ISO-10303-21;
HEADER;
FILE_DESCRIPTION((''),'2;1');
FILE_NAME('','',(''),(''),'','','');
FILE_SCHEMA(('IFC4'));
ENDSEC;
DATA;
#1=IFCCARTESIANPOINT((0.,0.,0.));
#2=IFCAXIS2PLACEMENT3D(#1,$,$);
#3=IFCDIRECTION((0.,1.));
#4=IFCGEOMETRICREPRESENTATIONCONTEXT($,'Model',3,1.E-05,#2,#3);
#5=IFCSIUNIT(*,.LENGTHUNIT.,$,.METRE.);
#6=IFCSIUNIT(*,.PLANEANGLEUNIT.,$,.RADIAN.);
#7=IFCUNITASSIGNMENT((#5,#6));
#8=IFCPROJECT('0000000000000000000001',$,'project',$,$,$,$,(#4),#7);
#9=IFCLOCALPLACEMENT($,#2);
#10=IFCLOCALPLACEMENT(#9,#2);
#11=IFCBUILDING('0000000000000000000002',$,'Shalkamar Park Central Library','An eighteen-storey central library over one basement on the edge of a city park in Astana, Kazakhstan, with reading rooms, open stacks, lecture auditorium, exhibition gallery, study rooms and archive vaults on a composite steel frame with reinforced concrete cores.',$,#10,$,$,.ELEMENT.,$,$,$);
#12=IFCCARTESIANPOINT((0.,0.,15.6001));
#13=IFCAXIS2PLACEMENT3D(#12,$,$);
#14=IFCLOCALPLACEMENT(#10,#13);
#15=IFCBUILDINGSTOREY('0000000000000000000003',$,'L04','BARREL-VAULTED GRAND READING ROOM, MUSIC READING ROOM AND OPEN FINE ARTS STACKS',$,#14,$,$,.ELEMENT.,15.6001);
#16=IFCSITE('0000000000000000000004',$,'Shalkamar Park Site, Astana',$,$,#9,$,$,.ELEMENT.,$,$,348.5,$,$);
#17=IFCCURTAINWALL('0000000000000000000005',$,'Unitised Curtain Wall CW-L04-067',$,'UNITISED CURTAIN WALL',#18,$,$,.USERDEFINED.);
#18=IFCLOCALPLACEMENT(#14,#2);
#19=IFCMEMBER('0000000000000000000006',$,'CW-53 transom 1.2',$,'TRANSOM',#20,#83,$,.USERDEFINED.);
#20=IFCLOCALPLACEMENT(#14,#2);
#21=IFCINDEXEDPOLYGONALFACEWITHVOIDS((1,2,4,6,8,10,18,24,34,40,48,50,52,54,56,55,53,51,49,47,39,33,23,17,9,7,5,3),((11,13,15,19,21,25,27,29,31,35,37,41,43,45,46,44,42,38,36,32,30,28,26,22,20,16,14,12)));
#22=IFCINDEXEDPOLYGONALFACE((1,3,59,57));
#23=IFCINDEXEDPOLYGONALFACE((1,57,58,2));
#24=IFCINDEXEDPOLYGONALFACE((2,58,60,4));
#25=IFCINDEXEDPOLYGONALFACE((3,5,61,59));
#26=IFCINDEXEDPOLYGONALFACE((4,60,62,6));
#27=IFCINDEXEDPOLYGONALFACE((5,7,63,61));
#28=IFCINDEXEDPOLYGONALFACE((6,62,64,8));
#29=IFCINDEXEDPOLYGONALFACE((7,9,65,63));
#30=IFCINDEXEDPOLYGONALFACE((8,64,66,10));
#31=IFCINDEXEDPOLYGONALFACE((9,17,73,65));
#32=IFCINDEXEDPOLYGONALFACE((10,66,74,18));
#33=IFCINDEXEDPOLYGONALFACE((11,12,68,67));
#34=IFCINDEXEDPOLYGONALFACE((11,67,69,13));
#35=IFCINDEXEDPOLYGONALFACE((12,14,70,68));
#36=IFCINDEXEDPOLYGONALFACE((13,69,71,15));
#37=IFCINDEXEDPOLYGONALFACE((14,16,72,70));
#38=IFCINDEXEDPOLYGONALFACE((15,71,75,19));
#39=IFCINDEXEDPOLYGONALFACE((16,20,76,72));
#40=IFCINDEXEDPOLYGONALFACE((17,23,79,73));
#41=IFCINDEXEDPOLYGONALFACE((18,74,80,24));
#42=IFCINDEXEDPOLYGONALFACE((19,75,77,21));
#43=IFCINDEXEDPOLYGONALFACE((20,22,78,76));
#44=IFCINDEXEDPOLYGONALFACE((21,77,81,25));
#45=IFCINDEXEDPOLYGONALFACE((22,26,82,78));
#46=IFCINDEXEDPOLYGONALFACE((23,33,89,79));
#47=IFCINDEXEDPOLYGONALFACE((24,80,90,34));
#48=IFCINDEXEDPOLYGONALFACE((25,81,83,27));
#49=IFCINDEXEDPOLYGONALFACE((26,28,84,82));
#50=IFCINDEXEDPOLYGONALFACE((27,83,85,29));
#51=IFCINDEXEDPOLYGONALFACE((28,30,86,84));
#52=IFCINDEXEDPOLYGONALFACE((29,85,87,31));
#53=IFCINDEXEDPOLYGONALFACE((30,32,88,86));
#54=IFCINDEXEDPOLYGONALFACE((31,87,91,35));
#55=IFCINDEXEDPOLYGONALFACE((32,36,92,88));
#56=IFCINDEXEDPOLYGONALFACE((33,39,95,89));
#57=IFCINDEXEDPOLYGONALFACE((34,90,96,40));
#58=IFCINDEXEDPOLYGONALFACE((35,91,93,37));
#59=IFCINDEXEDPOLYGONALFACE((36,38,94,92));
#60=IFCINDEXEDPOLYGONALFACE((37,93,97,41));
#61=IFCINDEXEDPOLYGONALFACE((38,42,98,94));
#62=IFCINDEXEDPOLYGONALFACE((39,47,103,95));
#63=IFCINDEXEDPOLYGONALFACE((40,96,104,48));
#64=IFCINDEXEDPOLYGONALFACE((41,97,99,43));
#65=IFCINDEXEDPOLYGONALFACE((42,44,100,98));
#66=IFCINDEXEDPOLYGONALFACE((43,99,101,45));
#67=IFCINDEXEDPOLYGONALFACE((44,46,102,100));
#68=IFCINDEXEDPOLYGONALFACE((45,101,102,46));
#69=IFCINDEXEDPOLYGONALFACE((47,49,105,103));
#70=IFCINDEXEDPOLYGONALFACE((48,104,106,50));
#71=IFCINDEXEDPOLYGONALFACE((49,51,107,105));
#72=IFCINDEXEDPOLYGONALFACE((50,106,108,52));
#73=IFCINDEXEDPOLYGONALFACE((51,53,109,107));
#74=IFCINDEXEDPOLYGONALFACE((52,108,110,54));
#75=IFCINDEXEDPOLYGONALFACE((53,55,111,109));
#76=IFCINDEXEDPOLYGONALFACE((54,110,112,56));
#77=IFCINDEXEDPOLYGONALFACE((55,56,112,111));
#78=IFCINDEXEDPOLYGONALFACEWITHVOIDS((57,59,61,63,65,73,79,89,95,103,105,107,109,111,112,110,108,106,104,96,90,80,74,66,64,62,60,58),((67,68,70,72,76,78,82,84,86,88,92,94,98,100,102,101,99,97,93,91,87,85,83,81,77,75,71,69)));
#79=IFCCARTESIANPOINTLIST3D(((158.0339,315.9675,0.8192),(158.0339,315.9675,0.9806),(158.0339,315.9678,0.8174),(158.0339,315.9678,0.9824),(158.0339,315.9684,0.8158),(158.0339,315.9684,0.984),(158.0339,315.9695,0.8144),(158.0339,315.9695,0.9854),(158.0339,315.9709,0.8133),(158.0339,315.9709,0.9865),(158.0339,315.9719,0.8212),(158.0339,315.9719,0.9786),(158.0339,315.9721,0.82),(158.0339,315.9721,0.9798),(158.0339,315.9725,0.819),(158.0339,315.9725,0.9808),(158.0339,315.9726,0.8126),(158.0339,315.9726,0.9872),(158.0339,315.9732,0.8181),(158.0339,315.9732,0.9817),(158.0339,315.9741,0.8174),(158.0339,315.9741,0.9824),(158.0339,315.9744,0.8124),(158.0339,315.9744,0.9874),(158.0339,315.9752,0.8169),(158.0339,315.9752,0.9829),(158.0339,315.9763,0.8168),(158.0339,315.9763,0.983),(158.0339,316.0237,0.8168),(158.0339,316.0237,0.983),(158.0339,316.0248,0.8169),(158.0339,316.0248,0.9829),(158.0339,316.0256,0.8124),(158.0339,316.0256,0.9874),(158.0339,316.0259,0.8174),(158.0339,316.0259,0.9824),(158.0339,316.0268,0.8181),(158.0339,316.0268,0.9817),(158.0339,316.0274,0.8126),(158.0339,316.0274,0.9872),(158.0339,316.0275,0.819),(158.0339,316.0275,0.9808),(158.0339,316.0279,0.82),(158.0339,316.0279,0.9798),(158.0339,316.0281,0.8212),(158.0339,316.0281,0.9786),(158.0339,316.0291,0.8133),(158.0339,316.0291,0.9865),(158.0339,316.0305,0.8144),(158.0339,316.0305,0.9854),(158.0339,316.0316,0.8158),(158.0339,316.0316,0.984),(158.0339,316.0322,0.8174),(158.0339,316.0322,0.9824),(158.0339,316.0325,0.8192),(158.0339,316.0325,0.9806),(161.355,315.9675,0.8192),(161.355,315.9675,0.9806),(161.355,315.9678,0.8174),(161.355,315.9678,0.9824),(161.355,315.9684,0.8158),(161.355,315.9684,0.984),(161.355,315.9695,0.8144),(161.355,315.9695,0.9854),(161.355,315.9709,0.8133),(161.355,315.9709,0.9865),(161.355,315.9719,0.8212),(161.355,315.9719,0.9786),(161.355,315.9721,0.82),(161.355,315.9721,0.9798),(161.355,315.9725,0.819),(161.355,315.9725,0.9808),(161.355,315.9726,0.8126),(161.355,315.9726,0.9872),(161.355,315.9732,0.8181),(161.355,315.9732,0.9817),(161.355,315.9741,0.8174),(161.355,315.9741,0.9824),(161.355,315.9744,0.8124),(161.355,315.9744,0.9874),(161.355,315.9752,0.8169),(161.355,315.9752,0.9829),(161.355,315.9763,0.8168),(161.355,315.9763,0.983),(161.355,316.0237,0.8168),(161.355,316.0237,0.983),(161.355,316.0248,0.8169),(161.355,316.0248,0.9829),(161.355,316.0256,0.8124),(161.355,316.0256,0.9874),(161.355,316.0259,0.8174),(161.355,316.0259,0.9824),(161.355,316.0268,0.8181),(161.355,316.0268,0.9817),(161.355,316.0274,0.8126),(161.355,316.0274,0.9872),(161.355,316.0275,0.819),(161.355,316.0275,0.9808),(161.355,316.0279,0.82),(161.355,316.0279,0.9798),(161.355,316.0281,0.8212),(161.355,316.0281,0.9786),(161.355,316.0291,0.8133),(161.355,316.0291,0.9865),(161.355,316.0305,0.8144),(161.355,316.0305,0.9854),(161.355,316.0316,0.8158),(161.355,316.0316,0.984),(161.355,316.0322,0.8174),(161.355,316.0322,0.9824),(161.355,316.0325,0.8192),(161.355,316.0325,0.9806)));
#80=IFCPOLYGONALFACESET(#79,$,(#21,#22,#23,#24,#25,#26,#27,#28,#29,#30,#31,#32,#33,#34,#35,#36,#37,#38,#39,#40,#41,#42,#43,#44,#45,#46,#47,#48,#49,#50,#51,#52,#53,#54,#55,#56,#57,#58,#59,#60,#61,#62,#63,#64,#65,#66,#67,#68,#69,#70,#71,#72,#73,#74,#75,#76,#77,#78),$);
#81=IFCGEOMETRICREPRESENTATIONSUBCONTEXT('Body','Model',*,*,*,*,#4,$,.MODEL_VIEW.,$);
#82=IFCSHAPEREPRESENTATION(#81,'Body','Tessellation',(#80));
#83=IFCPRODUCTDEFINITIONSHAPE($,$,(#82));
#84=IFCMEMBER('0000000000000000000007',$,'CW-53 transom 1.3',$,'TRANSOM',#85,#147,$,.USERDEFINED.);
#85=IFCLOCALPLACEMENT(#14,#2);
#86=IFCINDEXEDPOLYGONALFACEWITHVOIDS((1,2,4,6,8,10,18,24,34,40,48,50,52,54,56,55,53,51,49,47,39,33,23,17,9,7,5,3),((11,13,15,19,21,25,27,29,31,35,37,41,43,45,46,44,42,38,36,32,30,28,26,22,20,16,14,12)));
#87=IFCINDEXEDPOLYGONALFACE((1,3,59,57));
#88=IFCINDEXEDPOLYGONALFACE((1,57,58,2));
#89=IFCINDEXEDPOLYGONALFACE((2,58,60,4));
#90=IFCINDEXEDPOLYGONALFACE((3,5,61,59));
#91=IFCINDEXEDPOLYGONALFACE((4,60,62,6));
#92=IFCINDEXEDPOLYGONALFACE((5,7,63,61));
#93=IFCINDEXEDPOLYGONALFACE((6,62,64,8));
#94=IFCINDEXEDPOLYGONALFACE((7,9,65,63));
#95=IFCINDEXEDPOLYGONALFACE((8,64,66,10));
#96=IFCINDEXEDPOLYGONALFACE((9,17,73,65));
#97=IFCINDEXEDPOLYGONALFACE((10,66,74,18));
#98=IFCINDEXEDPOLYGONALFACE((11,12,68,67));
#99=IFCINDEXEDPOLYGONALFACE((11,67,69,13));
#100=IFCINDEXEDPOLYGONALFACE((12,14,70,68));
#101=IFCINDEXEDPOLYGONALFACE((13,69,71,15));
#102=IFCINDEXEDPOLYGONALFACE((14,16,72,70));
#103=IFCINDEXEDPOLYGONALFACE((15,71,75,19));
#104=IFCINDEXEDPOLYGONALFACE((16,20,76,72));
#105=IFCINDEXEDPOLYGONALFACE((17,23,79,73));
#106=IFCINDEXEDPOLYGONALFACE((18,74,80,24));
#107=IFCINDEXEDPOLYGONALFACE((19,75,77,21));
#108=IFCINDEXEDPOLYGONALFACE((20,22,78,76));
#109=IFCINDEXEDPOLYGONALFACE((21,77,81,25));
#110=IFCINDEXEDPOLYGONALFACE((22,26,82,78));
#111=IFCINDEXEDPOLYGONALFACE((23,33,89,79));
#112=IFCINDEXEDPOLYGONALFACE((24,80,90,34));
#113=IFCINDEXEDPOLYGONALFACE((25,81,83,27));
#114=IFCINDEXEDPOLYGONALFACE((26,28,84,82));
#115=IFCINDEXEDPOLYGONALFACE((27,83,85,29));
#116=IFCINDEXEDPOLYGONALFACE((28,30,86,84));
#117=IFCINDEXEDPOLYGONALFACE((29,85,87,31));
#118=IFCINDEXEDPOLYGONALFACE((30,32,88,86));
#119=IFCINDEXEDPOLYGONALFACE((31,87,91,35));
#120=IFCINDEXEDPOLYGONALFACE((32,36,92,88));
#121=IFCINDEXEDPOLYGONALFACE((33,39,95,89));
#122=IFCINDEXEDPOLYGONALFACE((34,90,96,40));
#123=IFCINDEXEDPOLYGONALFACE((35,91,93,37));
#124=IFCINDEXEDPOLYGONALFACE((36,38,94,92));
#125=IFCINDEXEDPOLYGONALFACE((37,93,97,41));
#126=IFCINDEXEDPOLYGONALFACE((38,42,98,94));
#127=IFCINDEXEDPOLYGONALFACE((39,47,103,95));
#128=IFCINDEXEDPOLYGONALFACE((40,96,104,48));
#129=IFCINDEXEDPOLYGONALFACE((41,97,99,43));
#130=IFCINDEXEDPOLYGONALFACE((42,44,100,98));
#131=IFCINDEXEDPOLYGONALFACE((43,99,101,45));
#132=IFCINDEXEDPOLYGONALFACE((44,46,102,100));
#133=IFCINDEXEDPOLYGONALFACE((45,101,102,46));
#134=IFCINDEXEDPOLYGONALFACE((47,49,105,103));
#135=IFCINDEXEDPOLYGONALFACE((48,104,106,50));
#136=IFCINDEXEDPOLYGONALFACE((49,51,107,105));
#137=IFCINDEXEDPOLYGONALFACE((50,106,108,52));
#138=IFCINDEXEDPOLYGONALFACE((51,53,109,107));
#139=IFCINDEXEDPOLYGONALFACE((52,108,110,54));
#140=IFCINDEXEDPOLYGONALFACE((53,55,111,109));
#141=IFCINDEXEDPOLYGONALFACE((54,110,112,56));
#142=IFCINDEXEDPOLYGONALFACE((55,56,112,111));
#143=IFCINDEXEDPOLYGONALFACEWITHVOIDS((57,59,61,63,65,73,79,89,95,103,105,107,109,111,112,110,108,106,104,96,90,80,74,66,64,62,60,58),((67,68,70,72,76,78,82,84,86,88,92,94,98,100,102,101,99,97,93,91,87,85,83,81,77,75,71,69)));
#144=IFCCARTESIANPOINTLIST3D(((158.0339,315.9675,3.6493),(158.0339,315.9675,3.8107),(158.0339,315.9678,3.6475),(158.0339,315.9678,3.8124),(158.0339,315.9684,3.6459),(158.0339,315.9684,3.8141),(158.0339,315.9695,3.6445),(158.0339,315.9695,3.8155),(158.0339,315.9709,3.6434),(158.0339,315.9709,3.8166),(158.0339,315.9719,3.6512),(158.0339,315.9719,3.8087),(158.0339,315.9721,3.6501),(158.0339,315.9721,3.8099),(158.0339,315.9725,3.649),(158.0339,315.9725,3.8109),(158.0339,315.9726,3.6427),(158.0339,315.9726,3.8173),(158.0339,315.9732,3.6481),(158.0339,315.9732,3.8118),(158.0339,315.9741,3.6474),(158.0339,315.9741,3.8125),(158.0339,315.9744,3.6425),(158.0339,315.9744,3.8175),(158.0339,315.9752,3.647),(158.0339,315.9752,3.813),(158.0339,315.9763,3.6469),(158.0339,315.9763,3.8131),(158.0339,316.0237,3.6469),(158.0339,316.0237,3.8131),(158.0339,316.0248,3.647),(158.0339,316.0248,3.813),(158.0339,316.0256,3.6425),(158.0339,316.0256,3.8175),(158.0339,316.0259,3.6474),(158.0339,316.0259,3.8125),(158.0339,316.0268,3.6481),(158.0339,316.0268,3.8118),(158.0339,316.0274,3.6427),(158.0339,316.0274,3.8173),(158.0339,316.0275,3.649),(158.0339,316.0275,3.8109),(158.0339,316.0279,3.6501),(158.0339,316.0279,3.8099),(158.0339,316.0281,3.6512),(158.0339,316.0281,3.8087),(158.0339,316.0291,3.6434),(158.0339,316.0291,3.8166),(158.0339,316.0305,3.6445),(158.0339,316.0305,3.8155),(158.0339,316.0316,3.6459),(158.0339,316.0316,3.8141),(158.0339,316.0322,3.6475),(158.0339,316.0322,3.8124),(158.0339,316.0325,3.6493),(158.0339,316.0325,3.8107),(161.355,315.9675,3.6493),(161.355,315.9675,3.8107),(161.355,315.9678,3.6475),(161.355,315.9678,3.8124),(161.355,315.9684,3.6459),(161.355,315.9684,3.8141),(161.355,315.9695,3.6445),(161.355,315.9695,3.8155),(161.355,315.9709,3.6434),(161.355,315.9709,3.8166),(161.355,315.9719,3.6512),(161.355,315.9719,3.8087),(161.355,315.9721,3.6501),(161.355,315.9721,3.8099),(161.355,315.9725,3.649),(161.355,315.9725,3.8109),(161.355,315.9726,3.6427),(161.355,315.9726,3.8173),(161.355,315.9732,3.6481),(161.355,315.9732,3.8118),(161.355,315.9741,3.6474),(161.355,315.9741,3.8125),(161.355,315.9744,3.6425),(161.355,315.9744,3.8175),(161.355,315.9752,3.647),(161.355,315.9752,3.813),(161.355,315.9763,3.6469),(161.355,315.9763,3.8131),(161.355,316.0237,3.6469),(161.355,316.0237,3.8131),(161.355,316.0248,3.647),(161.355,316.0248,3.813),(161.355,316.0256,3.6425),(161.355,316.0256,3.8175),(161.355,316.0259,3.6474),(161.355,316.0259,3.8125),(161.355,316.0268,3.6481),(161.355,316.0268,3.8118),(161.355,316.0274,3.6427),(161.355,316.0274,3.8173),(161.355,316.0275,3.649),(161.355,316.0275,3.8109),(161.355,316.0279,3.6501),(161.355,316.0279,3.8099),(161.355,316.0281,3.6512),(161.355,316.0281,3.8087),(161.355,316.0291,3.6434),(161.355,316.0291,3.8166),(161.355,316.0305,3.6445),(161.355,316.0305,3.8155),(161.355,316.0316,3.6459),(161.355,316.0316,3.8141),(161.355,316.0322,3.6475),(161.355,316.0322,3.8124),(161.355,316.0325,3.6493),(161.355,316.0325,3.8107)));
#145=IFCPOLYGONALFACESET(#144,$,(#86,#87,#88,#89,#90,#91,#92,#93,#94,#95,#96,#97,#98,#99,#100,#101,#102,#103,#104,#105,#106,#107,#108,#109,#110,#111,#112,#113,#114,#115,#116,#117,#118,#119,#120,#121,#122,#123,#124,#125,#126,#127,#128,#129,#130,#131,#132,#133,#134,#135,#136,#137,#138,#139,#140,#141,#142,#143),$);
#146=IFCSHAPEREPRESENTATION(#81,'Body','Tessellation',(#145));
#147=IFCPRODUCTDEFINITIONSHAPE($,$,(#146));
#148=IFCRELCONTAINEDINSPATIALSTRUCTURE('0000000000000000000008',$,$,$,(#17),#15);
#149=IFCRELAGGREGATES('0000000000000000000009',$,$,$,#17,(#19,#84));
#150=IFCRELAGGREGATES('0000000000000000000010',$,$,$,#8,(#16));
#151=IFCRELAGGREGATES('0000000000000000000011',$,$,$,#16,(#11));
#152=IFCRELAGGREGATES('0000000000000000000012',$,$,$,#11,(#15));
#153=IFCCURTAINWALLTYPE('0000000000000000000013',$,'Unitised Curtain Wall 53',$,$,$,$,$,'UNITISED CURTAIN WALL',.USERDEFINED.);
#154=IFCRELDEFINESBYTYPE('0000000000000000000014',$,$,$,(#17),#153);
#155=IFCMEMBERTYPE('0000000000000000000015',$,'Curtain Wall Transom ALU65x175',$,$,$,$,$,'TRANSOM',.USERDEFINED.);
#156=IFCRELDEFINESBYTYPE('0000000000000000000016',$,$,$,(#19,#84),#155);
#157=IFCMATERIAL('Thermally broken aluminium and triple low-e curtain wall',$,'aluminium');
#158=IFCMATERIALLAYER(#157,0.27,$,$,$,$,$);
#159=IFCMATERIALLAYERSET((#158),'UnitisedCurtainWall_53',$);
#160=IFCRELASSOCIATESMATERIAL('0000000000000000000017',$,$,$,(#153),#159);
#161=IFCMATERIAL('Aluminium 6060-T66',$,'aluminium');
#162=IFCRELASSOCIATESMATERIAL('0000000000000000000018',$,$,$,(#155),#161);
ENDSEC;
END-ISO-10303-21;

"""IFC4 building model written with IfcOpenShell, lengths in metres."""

from ifc_helpers import new_model, si_unit, direction, frame, origin, origin_2d, place, context, subcontext, project, spatial, hollow_rectangle, extrude, material, layer, layer_set, material_profile, profile_set, type_object, element, aggregate, save


model = new_model("IFC4")

# Units and contexts
model_context = context("Model", 3, precision=1e-05, world=origin(), true_north=direction((0.0, 1.0)))
body_context = subcontext(model_context, "Body", "Model", "MODEL_VIEW")
ifc_project = project(units=[si_unit("LENGTHUNIT", "METRE"), si_unit("PLANEANGLEUNIT", "RADIAN")], contexts=[model_context])

# Site, building, storey
site_placement = place(None, origin())
site = spatial("IfcSite", under=ifc_project, at=site_placement, Name="Shalkamar Park Site, Astana", CompositionType="ELEMENT", RefElevation=348.5)
building_placement = place(site_placement, origin())
building = spatial("IfcBuilding", under=site, at=building_placement, Name="Shalkamar Park Central Library", Description="An eighteen-storey central library over one basement on the edge of a city park in Astana, Kazakhstan, with reading rooms, open stacks, lecture auditorium, exhibition gallery, study rooms and archive vaults on a composite steel frame with reinforced concrete cores.", CompositionType="ELEMENT")
storey_placement = place(building_placement, frame((0.0, 0.0, 15.6001)))
storey = spatial("IfcBuildingStorey", under=building, at=storey_placement, Name="L04", Description="BARREL-VAULTED GRAND READING ROOM, MUSIC READING ROOM AND OPEN FINE ARTS STACKS", CompositionType="ELEMENT", Elevation=15.6001)

# Curtain wall
ifc_material_1 = material(Name="Thermally broken aluminium and triple low-e curtain wall", Category="aluminium")
ifc_layer_1 = layer(ifc_material_1, 0.27)
ifc_layer_set_1 = layer_set([ifc_layer_1], Name="UnitisedCurtainWall_53")
curtain_wall_type_1 = type_object("IfcCurtainWallType", Name="Unitised Curtain Wall 53", ElementType="UNITISED CURTAIN WALL", PredefinedType="USERDEFINED", material=ifc_layer_set_1)
curtain_wall_1_placement = place(storey_placement, origin())
curtain_wall_1 = element("IfcCurtainWall", 1, at=curtain_wall_1_placement, inside=storey, type_object=curtain_wall_type_1, Name="Unitised Curtain Wall CW-L04-067", ObjectType="UNITISED CURTAIN WALL", PredefinedType="USERDEFINED")
ifc_material_2 = material(Name="Aluminium 6060-T66", Category="aluminium")

# Members
ifc_material_profile_1 = material_profile(ifc_material_2, hollow_rectangle(XDim=0.0649, YDim=0.175, WallThickness=0.0044, InnerFilletRadius=0.0044, OuterFilletRadius=0.0068, at=origin_2d()), Name="ALU 65x175x4.5")
ifc_profile_set_1 = profile_set([ifc_material_profile_1], Name="Aluminium 6060-T66")
member_type_1 = type_object("IfcMemberType", Name="Curtain Wall Transom ALU65x175", ElementType="TRANSOM", PredefinedType="USERDEFINED", material=ifc_profile_set_1)
member_1_placement = place(storey_placement, frame((158.0339, 316.0, 0.8999), z_axis=(1.0, 0.0, 0.0), x_axis=(0.0, 1.0, 0.0)))
member_1 = element("IfcMember", 2, at=member_1_placement, type_object=member_type_1, Name="CW-53 transom 1.2", ObjectType="TRANSOM", PredefinedType="USERDEFINED", context=body_context, shape_type="SweptSolid", body=[
    extrude(hollow_rectangle(XDim=0.0649, YDim=0.175, WallThickness=0.0044, InnerFilletRadius=0.0044, OuterFilletRadius=0.0068, at=origin_2d()), origin(), (0.0, 0.0, 1.0), 3.321),
])
member_2_placement = place(storey_placement, frame((158.0339, 316.0, 3.73), z_axis=(1.0, 0.0, 0.0), x_axis=(0.0, 1.0, 0.0)))
member_2 = element("IfcMember", 3, at=member_2_placement, type_object=member_type_1, Name="CW-53 transom 1.3", ObjectType="TRANSOM", PredefinedType="USERDEFINED", context=body_context, shape_type="SweptSolid", body=[
    extrude(hollow_rectangle(XDim=0.0649, YDim=0.175, WallThickness=0.0044, InnerFilletRadius=0.0044, OuterFilletRadius=0.0068, at=origin_2d()), origin(), (0.0, 0.0, 1.0), 3.321),
])

aggregate(curtain_wall_1, [member_1, member_2])

save(model, "model.ifc")
